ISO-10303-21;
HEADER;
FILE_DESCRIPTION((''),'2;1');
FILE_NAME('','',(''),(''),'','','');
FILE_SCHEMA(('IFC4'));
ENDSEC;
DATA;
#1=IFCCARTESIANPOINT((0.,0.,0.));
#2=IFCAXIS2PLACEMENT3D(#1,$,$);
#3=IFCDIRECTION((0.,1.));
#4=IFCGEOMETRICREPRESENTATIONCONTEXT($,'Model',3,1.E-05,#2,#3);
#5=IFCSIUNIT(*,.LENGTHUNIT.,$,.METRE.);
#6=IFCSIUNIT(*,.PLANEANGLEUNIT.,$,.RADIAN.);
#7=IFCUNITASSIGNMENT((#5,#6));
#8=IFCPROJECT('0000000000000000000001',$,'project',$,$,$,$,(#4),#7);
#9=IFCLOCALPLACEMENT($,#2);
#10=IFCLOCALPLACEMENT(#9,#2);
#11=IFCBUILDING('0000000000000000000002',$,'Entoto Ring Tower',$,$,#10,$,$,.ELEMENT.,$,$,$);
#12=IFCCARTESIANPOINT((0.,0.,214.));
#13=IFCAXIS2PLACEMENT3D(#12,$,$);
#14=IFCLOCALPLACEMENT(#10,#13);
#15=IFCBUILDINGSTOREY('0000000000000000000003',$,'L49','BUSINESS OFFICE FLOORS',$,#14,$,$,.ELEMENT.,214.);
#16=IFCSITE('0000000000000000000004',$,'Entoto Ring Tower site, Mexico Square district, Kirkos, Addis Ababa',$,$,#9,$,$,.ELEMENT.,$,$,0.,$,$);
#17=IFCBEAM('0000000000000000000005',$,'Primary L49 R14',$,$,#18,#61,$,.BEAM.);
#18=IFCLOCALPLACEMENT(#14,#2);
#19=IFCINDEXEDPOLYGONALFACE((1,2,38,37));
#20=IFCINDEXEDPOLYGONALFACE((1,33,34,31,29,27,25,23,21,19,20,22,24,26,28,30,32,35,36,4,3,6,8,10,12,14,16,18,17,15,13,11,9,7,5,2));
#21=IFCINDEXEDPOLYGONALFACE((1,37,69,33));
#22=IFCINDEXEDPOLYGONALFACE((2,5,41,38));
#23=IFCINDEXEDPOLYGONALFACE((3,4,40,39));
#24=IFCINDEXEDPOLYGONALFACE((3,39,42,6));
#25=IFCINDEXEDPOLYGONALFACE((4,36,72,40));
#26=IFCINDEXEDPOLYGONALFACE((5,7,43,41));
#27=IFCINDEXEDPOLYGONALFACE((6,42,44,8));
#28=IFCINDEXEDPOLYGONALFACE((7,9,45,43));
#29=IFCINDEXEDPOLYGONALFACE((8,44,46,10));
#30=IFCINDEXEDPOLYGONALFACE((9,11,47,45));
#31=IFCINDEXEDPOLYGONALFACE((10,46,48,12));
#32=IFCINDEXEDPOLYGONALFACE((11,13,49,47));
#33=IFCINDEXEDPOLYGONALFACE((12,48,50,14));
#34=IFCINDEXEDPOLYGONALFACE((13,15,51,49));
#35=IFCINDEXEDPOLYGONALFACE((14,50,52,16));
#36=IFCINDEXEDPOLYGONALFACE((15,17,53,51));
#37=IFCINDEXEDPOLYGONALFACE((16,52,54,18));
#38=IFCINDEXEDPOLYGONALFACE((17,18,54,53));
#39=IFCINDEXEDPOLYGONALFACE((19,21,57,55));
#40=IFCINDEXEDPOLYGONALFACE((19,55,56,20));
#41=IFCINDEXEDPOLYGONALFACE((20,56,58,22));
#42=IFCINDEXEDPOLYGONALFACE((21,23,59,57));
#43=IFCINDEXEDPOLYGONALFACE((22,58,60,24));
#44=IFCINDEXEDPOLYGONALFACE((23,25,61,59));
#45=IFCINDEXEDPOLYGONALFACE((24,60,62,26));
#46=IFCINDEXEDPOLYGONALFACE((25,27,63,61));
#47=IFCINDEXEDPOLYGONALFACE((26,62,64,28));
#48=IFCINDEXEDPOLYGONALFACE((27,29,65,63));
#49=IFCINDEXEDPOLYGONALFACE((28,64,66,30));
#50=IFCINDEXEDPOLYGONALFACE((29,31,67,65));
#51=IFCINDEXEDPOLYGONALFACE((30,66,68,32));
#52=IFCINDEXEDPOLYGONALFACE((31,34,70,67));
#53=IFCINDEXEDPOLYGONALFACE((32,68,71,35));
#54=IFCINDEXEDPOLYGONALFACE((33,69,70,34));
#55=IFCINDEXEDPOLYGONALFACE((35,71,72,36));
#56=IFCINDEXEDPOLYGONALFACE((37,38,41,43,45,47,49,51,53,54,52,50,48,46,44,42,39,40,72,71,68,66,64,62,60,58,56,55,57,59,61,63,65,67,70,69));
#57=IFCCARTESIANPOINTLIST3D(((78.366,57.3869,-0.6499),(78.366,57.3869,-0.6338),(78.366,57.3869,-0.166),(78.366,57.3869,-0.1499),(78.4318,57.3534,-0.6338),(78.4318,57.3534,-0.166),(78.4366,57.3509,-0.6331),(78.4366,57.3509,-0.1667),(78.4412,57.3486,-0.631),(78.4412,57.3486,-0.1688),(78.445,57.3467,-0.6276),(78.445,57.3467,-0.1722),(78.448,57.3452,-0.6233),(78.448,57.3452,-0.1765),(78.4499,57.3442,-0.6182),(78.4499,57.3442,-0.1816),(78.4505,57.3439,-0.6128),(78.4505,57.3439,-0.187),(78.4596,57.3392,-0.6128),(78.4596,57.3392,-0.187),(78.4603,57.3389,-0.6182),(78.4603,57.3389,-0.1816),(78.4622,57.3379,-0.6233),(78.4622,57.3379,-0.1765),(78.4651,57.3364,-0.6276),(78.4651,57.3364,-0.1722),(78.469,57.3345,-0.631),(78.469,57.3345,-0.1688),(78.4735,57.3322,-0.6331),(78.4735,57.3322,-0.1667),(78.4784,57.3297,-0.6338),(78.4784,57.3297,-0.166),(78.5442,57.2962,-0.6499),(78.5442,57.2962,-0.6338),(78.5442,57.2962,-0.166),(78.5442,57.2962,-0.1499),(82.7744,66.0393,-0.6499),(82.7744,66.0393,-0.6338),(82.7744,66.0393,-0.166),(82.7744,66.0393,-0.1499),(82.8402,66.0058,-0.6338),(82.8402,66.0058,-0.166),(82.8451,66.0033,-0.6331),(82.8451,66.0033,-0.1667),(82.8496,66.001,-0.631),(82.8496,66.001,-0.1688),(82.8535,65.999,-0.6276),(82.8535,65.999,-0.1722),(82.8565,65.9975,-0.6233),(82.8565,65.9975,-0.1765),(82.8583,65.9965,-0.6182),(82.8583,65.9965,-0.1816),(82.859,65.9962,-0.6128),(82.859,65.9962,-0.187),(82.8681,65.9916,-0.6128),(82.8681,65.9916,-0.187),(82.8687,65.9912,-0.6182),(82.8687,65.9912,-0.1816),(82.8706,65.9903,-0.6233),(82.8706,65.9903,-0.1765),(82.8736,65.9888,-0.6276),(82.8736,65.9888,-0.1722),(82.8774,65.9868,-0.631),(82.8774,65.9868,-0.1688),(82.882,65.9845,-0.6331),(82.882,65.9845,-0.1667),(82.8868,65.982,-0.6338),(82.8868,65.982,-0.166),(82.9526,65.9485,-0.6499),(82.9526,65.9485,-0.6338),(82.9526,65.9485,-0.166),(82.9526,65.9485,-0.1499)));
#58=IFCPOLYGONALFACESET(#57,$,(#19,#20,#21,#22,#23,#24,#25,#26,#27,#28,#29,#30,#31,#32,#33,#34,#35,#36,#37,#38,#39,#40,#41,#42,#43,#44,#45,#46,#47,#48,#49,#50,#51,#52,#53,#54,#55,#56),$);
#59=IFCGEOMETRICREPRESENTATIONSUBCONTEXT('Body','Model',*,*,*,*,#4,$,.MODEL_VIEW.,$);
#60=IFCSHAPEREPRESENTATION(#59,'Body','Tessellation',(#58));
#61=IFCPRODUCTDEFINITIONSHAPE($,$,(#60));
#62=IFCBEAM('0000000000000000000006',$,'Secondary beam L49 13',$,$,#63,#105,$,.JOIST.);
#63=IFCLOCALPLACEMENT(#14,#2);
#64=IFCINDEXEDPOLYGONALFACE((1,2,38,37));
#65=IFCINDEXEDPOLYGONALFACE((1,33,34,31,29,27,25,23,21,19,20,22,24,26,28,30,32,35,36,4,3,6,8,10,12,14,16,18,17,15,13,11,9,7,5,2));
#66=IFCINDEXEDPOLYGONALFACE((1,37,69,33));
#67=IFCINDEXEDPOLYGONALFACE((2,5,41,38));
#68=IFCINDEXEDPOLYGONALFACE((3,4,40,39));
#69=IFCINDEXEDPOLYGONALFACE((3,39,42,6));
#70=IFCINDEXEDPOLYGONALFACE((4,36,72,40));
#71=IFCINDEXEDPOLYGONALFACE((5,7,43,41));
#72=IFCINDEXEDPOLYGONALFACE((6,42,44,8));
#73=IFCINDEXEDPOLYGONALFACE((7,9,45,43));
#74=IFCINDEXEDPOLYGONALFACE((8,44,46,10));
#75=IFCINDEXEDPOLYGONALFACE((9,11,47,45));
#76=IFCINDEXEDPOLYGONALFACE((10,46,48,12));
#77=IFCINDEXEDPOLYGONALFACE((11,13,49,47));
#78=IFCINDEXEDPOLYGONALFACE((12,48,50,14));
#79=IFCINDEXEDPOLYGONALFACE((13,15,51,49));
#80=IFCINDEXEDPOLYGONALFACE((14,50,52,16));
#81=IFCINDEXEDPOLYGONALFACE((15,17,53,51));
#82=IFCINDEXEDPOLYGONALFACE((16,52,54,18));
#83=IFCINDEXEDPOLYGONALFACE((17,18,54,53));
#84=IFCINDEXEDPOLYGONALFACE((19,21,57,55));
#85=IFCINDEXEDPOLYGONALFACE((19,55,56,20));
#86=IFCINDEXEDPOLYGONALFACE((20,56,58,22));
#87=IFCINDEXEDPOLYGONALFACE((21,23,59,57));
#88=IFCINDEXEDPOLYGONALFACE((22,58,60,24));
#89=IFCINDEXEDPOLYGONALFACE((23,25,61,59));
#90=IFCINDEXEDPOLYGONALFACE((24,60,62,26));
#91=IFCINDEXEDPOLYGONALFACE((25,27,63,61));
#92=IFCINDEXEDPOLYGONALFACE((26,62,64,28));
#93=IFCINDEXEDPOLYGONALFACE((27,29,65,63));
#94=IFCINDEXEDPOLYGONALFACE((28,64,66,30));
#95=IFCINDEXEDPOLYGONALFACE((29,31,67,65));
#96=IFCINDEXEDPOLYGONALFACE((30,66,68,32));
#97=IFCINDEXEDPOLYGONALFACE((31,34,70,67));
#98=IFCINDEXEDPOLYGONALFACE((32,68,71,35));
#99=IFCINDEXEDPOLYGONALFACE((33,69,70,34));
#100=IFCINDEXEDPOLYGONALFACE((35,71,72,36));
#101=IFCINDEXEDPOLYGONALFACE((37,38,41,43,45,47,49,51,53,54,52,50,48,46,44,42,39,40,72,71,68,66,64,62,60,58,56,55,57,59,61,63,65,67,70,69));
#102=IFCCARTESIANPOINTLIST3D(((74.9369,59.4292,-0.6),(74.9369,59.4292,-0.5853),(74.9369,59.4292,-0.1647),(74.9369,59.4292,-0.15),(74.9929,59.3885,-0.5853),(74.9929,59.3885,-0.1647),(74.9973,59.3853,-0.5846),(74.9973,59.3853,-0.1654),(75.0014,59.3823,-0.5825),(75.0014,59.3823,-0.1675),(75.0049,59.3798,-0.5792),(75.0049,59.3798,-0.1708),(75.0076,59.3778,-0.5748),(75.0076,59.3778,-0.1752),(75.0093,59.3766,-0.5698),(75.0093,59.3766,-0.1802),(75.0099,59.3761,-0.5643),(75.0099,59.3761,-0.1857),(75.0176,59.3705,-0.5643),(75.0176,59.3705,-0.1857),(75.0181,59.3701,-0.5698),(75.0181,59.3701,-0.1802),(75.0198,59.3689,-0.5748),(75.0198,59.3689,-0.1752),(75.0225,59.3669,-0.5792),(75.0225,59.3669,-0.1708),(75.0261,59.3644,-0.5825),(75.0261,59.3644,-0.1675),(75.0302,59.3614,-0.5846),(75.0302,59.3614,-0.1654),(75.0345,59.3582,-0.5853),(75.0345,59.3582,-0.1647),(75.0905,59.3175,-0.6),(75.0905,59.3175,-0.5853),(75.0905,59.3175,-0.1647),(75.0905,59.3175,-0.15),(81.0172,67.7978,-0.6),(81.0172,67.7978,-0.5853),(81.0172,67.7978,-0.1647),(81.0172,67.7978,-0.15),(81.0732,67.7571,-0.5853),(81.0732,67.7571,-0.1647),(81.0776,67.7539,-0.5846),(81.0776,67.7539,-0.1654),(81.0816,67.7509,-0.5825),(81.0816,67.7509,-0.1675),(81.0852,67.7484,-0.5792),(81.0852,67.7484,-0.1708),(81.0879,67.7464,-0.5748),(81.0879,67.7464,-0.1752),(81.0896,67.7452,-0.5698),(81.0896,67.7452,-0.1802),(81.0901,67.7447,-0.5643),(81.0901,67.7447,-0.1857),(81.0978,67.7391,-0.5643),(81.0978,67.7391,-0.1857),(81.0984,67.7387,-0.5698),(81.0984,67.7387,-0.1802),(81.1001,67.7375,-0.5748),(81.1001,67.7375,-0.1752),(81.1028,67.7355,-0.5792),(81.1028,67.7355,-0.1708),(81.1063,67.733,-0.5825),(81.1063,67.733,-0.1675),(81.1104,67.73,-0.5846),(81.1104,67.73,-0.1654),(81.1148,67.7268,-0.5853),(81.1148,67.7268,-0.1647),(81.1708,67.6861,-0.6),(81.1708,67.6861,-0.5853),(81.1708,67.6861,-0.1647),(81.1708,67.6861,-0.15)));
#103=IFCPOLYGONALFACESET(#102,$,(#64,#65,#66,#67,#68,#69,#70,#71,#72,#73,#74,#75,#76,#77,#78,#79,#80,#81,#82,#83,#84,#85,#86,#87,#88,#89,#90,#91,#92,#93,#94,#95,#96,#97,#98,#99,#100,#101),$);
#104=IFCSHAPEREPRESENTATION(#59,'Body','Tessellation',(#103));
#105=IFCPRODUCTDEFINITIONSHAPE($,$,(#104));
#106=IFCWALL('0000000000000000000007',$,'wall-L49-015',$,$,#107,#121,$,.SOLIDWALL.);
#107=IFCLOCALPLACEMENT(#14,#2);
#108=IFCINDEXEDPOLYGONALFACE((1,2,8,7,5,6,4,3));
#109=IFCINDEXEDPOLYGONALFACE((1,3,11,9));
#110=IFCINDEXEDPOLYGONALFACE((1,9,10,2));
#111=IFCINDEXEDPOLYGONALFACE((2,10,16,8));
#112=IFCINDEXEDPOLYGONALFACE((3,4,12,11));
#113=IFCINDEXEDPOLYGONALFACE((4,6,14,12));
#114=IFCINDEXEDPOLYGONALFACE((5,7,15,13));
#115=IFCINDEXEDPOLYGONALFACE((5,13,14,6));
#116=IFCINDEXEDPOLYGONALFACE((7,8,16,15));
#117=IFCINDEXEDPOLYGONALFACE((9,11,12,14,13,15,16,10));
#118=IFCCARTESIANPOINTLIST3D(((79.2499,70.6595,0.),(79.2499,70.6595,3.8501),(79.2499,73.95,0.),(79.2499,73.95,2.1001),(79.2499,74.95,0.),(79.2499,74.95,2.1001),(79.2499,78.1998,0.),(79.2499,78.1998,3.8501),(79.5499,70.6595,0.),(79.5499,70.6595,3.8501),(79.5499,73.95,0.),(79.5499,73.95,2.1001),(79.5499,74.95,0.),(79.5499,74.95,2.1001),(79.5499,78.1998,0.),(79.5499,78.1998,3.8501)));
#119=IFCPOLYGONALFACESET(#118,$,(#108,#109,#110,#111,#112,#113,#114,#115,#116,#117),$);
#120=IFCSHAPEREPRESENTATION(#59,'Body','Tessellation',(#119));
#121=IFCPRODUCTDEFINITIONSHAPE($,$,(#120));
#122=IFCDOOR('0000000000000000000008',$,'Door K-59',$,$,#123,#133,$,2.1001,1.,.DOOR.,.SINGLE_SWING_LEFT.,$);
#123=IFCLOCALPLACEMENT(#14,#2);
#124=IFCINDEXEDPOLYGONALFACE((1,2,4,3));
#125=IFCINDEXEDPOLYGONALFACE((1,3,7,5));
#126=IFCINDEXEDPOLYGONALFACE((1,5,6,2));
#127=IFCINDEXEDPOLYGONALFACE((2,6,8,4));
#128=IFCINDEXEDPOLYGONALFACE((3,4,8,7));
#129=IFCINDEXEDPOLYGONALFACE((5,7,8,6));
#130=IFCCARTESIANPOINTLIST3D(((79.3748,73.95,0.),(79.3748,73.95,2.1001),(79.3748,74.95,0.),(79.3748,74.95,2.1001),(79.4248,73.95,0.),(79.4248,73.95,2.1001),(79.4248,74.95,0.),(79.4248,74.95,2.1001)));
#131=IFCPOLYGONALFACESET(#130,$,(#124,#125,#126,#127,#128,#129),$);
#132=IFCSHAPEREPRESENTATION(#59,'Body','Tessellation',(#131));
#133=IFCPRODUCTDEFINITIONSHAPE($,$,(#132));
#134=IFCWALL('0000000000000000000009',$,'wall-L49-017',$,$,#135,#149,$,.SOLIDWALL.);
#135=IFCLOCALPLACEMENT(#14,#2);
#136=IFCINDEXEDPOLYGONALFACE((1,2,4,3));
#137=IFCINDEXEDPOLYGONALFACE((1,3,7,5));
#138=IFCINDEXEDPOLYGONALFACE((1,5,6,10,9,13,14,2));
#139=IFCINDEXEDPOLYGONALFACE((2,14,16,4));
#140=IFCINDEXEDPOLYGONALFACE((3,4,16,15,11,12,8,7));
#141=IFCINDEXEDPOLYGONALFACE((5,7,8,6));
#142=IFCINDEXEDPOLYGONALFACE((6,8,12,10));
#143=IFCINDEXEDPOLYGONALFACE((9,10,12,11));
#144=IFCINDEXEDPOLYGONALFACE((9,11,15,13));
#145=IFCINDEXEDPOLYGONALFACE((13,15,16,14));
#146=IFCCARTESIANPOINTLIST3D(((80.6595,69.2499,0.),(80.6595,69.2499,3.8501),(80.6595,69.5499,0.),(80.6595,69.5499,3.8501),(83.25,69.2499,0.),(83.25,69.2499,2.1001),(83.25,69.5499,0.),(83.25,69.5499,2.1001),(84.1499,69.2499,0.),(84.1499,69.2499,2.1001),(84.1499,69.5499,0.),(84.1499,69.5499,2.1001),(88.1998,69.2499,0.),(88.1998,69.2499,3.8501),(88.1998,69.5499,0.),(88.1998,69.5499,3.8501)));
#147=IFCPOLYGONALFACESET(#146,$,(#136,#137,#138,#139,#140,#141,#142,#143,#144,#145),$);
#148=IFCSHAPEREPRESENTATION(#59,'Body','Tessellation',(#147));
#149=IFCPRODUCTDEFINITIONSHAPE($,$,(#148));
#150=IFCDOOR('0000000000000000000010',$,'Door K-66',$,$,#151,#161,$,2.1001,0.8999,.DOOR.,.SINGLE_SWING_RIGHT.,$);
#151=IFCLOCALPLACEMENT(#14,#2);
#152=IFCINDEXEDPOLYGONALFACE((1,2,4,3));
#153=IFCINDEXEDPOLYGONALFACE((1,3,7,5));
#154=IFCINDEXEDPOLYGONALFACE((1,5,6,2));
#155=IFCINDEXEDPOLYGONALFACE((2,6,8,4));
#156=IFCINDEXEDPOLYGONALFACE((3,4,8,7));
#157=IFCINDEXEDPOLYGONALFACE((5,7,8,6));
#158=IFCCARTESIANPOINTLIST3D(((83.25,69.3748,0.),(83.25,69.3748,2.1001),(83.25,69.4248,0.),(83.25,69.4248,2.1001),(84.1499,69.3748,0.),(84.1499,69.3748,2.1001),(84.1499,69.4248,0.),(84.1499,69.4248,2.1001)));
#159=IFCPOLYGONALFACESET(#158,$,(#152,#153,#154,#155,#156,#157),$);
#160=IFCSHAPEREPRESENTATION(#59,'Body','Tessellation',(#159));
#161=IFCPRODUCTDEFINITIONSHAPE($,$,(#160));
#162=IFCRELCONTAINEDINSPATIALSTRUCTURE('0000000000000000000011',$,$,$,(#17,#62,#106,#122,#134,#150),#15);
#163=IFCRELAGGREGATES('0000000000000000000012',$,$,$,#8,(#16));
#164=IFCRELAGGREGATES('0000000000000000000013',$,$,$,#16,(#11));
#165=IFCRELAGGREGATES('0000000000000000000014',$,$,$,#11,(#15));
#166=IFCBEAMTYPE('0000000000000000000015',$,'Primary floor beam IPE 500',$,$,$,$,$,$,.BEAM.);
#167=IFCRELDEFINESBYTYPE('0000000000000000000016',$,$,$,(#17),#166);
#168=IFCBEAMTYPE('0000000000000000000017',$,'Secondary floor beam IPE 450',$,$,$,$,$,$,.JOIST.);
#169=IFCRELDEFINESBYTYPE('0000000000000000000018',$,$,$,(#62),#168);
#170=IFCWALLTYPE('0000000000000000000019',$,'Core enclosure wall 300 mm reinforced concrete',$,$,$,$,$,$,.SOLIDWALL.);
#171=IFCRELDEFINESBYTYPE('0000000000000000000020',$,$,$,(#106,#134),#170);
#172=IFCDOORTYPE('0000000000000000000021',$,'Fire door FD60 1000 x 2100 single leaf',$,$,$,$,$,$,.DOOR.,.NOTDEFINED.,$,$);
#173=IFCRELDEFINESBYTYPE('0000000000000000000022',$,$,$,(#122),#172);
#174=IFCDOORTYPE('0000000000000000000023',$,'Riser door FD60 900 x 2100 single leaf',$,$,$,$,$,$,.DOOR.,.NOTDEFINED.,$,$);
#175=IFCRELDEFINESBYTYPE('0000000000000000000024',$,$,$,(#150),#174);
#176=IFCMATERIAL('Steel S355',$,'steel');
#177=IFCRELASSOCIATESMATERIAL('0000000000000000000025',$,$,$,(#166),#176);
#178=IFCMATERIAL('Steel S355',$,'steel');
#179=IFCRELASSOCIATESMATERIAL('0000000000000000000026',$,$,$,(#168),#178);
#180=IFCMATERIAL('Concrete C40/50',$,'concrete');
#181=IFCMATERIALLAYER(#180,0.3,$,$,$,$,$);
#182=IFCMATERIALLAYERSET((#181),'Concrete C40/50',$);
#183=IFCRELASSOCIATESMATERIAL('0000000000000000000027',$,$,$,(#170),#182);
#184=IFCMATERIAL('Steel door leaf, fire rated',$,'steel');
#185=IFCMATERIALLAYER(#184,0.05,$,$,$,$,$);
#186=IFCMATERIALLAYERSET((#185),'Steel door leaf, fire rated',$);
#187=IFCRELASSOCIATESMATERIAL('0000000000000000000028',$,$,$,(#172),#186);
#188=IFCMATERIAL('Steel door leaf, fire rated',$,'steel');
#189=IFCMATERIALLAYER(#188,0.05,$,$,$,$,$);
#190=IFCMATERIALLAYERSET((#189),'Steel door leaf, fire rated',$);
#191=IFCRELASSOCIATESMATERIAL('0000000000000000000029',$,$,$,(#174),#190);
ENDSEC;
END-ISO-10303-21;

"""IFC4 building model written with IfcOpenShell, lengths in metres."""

from ifc_helpers import new_model, si_unit, direction, frame, frame_2d, origin, origin_2d, place, context, subcontext, project, spatial, rectangle, i_section, extrude, material, layer, layer_set, material_profile, profile_set, type_object, element, fill, save


model = new_model("IFC4")

# Units and contexts
model_context = context("Model", 3, precision=1e-05, world=origin(), true_north=direction((0.0, 1.0)))
body_context = subcontext(model_context, "Body", "Model", "MODEL_VIEW")
ifc_project = project(units=[si_unit("LENGTHUNIT", "METRE"), si_unit("PLANEANGLEUNIT", "RADIAN")], contexts=[model_context])

# Site, building, storey
site_placement = place(None, origin())
site = spatial("IfcSite", under=ifc_project, at=site_placement, Name="Entoto Ring Tower site, Mexico Square district, Kirkos, Addis Ababa", CompositionType="ELEMENT", RefElevation=0.0)
building_placement = place(site_placement, origin())
building = spatial("IfcBuilding", under=site, at=building_placement, Name="Entoto Ring Tower", CompositionType="ELEMENT")
storey_placement = place(building_placement, frame((0.0, 0.0, 214.0)))
storey = spatial("IfcBuildingStorey", under=building, at=storey_placement, Name="L49", Description="BUSINESS OFFICE FLOORS", CompositionType="ELEMENT", Elevation=214.0)

# Beams
ifc_material_1 = material(Name="Steel S355", Category="steel")
ifc_material_profile_1 = material_profile(ifc_material_1, i_section(OverallWidth=0.2, OverallDepth=0.5, WebThickness=0.0103, FlangeThickness=0.0161, FilletRadius=0.021, at=origin_2d()), Name="IPE 500")
ifc_profile_set_1 = profile_set([ifc_material_profile_1], Name="Steel S355")
beam_type_1 = type_object("IfcBeamType", Name="Primary floor beam IPE 500", PredefinedType="BEAM", material=ifc_profile_set_1)
beam_1_placement = place(storey_placement, frame((82.8635, 65.9939, -0.3999), z_axis=(-0.453979, -0.891012, 0.0), x_axis=(0.891012, -0.453979, 0.0)))
element("IfcBeam", 1, at=beam_1_placement, inside=storey, type_object=beam_type_1, Name="Primary L49 R14", PredefinedType="BEAM", context=body_context, shape_type="SweptSolid", body=[
    extrude(i_section(OverallWidth=0.2, OverallDepth=0.5, WebThickness=0.0103, FlangeThickness=0.0161, FilletRadius=0.021, at=origin_2d()), origin(), (0.0, 0.0, 1.0), 9.7107),
])
ifc_material_2 = material(Name="Steel S355", Category="steel")
ifc_material_profile_2 = material_profile(ifc_material_2, i_section(OverallWidth=0.1899, OverallDepth=0.45, WebThickness=0.0095, FlangeThickness=0.0146, FilletRadius=0.021, at=origin_2d()), Name="IPE 450")
ifc_profile_set_2 = profile_set([ifc_material_profile_2], Name="Steel S355")
beam_type_2 = type_object("IfcBeamType", Name="Secondary floor beam IPE 450", PredefinedType="JOIST", material=ifc_profile_set_2)
beam_2_placement = place(storey_placement, frame((81.094, 67.7419, -0.375), z_axis=(-0.587794, -0.809011, 0.0), x_axis=(0.809011, -0.587794, 0.0)))
element("IfcBeam", 2, at=beam_2_placement, inside=storey, type_object=beam_type_2, Name="Secondary beam L49 13", PredefinedType="JOIST", context=body_context, shape_type="SweptSolid", body=[
    extrude(i_section(OverallWidth=0.1899, OverallDepth=0.45, WebThickness=0.0095, FlangeThickness=0.0146, FilletRadius=0.021, at=origin_2d()), origin(), (0.0, 0.0, 1.0), 10.3442),
])

# Walls, openings, doors
ifc_material_3 = material(Name="Concrete C40/50", Category="concrete")
ifc_layer_1 = layer(ifc_material_3, 0.3)
ifc_layer_set_1 = layer_set([ifc_layer_1], Name="Concrete C40/50")
wall_type_1 = type_object("IfcWallType", Name="Core enclosure wall 300 mm reinforced concrete", PredefinedType="SOLIDWALL", material=ifc_layer_set_1)
wall_1_placement = place(storey_placement, frame((79.3999, 70.6597, 0.0), z_axis=(0.0, 0.0, 1.0), x_axis=(0.0, 1.0, 0.0)))
wall_1 = element("IfcWall", 3, at=wall_1_placement, inside=storey, type_object=wall_type_1, Name="wall-L49-015", PredefinedType="SOLIDWALL", context=body_context, shape_type="SweptSolid", body=[
    extrude(rectangle(XDim=7.5403, YDim=0.3, at=frame_2d((3.77, 0.0))), origin(), (0.0, 0.0, 1.0), 3.8501),
])
opening_1_placement = place(wall_1_placement, frame((3.2903, 0.0, 0.0)))
opening_1 = element("IfcOpeningElement", 4, at=opening_1_placement, cuts=wall_1, PredefinedType="OPENING", context=body_context, shape_type="SweptSolid", body=[
    extrude(rectangle(XDim=1.0, YDim=2.1001, at=frame_2d((0.5, 1.05))), frame((0.0, 0.1602, 0.0), z_axis=(0.0, -1.0, 0.0), x_axis=(1.0, 0.0, 0.0)), (0.0, 0.0, 1.0), 0.3201),
])
ifc_material_4 = material(Name="Steel door leaf, fire rated", Category="steel")
ifc_layer_2 = layer(ifc_material_4, 0.05)
ifc_layer_set_2 = layer_set([ifc_layer_2], Name="Steel door leaf, fire rated")
door_type_1 = type_object("IfcDoorType", Name="Fire door FD60 1000 x 2100 single leaf", OperationType="NOTDEFINED", PredefinedType="DOOR", material=ifc_layer_set_2)
door_1_placement = place(opening_1_placement, frame((1.0, 0.0, 0.0), z_axis=(0.0, 0.0, 1.0), x_axis=(-1.0, 0.0, 0.0)))
door_1 = element("IfcDoor", 5, at=door_1_placement, inside=storey, type_object=door_type_1, Name="Door K-59", OperationType="SINGLE_SWING_LEFT", OverallHeight=2.1001, OverallWidth=1.0, PredefinedType="DOOR", context=body_context, shape_type="SweptSolid", body=[
    extrude(rectangle(XDim=1.0, YDim=2.1001, at=frame_2d((0.5, 1.05))), frame((0.0, 0.0249, 0.0), z_axis=(0.0, -1.0, 0.0), x_axis=(1.0, 0.0, 0.0)), (0.0, 0.0, 1.0), 0.05),
])
fill(opening_1, door_1)
wall_2_placement = place(storey_placement, frame((80.6597, 69.3999, 0.0), z_axis=(0.0, 0.0, 1.0), x_axis=(1.0, 0.0, 0.0)))
wall_2 = element("IfcWall", 6, at=wall_2_placement, inside=storey, type_object=wall_type_1, Name="wall-L49-017", PredefinedType="SOLIDWALL", context=body_context, shape_type="SweptSolid", body=[
    extrude(rectangle(XDim=7.5403, YDim=0.3, at=frame_2d((3.77, 0.0))), origin(), (0.0, 0.0, 1.0), 3.8501),
])
opening_2_placement = place(wall_2_placement, frame((2.5903, 0.0, 0.0)))
opening_2 = element("IfcOpeningElement", 7, at=opening_2_placement, cuts=wall_2, PredefinedType="OPENING", context=body_context, shape_type="SweptSolid", body=[
    extrude(rectangle(XDim=0.8999, YDim=2.1001, at=frame_2d((0.45, 1.05))), frame((0.0, 0.1602, 0.0), z_axis=(0.0, -1.0, 0.0), x_axis=(1.0, 0.0, 0.0)), (0.0, 0.0, 1.0), 0.3201),
])
ifc_material_5 = material(Name="Steel door leaf, fire rated", Category="steel")
ifc_layer_3 = layer(ifc_material_5, 0.05)
ifc_layer_set_3 = layer_set([ifc_layer_3], Name="Steel door leaf, fire rated")
door_type_2 = type_object("IfcDoorType", Name="Riser door FD60 900 x 2100 single leaf", OperationType="NOTDEFINED", PredefinedType="DOOR", material=ifc_layer_set_3)
door_2_placement = place(opening_2_placement, origin())
door_2 = element("IfcDoor", 8, at=door_2_placement, inside=storey, type_object=door_type_2, Name="Door K-66", OperationType="SINGLE_SWING_RIGHT", OverallHeight=2.1001, OverallWidth=0.8999, PredefinedType="DOOR", context=body_context, shape_type="SweptSolid", body=[
    extrude(rectangle(XDim=0.8999, YDim=2.1001, at=frame_2d((0.45, 1.05))), frame((0.0, 0.0249, 0.0), z_axis=(0.0, -1.0, 0.0), x_axis=(1.0, 0.0, 0.0)), (0.0, 0.0, 1.0), 0.05),
])
fill(opening_2, door_2)

save(model, "model.ifc")
